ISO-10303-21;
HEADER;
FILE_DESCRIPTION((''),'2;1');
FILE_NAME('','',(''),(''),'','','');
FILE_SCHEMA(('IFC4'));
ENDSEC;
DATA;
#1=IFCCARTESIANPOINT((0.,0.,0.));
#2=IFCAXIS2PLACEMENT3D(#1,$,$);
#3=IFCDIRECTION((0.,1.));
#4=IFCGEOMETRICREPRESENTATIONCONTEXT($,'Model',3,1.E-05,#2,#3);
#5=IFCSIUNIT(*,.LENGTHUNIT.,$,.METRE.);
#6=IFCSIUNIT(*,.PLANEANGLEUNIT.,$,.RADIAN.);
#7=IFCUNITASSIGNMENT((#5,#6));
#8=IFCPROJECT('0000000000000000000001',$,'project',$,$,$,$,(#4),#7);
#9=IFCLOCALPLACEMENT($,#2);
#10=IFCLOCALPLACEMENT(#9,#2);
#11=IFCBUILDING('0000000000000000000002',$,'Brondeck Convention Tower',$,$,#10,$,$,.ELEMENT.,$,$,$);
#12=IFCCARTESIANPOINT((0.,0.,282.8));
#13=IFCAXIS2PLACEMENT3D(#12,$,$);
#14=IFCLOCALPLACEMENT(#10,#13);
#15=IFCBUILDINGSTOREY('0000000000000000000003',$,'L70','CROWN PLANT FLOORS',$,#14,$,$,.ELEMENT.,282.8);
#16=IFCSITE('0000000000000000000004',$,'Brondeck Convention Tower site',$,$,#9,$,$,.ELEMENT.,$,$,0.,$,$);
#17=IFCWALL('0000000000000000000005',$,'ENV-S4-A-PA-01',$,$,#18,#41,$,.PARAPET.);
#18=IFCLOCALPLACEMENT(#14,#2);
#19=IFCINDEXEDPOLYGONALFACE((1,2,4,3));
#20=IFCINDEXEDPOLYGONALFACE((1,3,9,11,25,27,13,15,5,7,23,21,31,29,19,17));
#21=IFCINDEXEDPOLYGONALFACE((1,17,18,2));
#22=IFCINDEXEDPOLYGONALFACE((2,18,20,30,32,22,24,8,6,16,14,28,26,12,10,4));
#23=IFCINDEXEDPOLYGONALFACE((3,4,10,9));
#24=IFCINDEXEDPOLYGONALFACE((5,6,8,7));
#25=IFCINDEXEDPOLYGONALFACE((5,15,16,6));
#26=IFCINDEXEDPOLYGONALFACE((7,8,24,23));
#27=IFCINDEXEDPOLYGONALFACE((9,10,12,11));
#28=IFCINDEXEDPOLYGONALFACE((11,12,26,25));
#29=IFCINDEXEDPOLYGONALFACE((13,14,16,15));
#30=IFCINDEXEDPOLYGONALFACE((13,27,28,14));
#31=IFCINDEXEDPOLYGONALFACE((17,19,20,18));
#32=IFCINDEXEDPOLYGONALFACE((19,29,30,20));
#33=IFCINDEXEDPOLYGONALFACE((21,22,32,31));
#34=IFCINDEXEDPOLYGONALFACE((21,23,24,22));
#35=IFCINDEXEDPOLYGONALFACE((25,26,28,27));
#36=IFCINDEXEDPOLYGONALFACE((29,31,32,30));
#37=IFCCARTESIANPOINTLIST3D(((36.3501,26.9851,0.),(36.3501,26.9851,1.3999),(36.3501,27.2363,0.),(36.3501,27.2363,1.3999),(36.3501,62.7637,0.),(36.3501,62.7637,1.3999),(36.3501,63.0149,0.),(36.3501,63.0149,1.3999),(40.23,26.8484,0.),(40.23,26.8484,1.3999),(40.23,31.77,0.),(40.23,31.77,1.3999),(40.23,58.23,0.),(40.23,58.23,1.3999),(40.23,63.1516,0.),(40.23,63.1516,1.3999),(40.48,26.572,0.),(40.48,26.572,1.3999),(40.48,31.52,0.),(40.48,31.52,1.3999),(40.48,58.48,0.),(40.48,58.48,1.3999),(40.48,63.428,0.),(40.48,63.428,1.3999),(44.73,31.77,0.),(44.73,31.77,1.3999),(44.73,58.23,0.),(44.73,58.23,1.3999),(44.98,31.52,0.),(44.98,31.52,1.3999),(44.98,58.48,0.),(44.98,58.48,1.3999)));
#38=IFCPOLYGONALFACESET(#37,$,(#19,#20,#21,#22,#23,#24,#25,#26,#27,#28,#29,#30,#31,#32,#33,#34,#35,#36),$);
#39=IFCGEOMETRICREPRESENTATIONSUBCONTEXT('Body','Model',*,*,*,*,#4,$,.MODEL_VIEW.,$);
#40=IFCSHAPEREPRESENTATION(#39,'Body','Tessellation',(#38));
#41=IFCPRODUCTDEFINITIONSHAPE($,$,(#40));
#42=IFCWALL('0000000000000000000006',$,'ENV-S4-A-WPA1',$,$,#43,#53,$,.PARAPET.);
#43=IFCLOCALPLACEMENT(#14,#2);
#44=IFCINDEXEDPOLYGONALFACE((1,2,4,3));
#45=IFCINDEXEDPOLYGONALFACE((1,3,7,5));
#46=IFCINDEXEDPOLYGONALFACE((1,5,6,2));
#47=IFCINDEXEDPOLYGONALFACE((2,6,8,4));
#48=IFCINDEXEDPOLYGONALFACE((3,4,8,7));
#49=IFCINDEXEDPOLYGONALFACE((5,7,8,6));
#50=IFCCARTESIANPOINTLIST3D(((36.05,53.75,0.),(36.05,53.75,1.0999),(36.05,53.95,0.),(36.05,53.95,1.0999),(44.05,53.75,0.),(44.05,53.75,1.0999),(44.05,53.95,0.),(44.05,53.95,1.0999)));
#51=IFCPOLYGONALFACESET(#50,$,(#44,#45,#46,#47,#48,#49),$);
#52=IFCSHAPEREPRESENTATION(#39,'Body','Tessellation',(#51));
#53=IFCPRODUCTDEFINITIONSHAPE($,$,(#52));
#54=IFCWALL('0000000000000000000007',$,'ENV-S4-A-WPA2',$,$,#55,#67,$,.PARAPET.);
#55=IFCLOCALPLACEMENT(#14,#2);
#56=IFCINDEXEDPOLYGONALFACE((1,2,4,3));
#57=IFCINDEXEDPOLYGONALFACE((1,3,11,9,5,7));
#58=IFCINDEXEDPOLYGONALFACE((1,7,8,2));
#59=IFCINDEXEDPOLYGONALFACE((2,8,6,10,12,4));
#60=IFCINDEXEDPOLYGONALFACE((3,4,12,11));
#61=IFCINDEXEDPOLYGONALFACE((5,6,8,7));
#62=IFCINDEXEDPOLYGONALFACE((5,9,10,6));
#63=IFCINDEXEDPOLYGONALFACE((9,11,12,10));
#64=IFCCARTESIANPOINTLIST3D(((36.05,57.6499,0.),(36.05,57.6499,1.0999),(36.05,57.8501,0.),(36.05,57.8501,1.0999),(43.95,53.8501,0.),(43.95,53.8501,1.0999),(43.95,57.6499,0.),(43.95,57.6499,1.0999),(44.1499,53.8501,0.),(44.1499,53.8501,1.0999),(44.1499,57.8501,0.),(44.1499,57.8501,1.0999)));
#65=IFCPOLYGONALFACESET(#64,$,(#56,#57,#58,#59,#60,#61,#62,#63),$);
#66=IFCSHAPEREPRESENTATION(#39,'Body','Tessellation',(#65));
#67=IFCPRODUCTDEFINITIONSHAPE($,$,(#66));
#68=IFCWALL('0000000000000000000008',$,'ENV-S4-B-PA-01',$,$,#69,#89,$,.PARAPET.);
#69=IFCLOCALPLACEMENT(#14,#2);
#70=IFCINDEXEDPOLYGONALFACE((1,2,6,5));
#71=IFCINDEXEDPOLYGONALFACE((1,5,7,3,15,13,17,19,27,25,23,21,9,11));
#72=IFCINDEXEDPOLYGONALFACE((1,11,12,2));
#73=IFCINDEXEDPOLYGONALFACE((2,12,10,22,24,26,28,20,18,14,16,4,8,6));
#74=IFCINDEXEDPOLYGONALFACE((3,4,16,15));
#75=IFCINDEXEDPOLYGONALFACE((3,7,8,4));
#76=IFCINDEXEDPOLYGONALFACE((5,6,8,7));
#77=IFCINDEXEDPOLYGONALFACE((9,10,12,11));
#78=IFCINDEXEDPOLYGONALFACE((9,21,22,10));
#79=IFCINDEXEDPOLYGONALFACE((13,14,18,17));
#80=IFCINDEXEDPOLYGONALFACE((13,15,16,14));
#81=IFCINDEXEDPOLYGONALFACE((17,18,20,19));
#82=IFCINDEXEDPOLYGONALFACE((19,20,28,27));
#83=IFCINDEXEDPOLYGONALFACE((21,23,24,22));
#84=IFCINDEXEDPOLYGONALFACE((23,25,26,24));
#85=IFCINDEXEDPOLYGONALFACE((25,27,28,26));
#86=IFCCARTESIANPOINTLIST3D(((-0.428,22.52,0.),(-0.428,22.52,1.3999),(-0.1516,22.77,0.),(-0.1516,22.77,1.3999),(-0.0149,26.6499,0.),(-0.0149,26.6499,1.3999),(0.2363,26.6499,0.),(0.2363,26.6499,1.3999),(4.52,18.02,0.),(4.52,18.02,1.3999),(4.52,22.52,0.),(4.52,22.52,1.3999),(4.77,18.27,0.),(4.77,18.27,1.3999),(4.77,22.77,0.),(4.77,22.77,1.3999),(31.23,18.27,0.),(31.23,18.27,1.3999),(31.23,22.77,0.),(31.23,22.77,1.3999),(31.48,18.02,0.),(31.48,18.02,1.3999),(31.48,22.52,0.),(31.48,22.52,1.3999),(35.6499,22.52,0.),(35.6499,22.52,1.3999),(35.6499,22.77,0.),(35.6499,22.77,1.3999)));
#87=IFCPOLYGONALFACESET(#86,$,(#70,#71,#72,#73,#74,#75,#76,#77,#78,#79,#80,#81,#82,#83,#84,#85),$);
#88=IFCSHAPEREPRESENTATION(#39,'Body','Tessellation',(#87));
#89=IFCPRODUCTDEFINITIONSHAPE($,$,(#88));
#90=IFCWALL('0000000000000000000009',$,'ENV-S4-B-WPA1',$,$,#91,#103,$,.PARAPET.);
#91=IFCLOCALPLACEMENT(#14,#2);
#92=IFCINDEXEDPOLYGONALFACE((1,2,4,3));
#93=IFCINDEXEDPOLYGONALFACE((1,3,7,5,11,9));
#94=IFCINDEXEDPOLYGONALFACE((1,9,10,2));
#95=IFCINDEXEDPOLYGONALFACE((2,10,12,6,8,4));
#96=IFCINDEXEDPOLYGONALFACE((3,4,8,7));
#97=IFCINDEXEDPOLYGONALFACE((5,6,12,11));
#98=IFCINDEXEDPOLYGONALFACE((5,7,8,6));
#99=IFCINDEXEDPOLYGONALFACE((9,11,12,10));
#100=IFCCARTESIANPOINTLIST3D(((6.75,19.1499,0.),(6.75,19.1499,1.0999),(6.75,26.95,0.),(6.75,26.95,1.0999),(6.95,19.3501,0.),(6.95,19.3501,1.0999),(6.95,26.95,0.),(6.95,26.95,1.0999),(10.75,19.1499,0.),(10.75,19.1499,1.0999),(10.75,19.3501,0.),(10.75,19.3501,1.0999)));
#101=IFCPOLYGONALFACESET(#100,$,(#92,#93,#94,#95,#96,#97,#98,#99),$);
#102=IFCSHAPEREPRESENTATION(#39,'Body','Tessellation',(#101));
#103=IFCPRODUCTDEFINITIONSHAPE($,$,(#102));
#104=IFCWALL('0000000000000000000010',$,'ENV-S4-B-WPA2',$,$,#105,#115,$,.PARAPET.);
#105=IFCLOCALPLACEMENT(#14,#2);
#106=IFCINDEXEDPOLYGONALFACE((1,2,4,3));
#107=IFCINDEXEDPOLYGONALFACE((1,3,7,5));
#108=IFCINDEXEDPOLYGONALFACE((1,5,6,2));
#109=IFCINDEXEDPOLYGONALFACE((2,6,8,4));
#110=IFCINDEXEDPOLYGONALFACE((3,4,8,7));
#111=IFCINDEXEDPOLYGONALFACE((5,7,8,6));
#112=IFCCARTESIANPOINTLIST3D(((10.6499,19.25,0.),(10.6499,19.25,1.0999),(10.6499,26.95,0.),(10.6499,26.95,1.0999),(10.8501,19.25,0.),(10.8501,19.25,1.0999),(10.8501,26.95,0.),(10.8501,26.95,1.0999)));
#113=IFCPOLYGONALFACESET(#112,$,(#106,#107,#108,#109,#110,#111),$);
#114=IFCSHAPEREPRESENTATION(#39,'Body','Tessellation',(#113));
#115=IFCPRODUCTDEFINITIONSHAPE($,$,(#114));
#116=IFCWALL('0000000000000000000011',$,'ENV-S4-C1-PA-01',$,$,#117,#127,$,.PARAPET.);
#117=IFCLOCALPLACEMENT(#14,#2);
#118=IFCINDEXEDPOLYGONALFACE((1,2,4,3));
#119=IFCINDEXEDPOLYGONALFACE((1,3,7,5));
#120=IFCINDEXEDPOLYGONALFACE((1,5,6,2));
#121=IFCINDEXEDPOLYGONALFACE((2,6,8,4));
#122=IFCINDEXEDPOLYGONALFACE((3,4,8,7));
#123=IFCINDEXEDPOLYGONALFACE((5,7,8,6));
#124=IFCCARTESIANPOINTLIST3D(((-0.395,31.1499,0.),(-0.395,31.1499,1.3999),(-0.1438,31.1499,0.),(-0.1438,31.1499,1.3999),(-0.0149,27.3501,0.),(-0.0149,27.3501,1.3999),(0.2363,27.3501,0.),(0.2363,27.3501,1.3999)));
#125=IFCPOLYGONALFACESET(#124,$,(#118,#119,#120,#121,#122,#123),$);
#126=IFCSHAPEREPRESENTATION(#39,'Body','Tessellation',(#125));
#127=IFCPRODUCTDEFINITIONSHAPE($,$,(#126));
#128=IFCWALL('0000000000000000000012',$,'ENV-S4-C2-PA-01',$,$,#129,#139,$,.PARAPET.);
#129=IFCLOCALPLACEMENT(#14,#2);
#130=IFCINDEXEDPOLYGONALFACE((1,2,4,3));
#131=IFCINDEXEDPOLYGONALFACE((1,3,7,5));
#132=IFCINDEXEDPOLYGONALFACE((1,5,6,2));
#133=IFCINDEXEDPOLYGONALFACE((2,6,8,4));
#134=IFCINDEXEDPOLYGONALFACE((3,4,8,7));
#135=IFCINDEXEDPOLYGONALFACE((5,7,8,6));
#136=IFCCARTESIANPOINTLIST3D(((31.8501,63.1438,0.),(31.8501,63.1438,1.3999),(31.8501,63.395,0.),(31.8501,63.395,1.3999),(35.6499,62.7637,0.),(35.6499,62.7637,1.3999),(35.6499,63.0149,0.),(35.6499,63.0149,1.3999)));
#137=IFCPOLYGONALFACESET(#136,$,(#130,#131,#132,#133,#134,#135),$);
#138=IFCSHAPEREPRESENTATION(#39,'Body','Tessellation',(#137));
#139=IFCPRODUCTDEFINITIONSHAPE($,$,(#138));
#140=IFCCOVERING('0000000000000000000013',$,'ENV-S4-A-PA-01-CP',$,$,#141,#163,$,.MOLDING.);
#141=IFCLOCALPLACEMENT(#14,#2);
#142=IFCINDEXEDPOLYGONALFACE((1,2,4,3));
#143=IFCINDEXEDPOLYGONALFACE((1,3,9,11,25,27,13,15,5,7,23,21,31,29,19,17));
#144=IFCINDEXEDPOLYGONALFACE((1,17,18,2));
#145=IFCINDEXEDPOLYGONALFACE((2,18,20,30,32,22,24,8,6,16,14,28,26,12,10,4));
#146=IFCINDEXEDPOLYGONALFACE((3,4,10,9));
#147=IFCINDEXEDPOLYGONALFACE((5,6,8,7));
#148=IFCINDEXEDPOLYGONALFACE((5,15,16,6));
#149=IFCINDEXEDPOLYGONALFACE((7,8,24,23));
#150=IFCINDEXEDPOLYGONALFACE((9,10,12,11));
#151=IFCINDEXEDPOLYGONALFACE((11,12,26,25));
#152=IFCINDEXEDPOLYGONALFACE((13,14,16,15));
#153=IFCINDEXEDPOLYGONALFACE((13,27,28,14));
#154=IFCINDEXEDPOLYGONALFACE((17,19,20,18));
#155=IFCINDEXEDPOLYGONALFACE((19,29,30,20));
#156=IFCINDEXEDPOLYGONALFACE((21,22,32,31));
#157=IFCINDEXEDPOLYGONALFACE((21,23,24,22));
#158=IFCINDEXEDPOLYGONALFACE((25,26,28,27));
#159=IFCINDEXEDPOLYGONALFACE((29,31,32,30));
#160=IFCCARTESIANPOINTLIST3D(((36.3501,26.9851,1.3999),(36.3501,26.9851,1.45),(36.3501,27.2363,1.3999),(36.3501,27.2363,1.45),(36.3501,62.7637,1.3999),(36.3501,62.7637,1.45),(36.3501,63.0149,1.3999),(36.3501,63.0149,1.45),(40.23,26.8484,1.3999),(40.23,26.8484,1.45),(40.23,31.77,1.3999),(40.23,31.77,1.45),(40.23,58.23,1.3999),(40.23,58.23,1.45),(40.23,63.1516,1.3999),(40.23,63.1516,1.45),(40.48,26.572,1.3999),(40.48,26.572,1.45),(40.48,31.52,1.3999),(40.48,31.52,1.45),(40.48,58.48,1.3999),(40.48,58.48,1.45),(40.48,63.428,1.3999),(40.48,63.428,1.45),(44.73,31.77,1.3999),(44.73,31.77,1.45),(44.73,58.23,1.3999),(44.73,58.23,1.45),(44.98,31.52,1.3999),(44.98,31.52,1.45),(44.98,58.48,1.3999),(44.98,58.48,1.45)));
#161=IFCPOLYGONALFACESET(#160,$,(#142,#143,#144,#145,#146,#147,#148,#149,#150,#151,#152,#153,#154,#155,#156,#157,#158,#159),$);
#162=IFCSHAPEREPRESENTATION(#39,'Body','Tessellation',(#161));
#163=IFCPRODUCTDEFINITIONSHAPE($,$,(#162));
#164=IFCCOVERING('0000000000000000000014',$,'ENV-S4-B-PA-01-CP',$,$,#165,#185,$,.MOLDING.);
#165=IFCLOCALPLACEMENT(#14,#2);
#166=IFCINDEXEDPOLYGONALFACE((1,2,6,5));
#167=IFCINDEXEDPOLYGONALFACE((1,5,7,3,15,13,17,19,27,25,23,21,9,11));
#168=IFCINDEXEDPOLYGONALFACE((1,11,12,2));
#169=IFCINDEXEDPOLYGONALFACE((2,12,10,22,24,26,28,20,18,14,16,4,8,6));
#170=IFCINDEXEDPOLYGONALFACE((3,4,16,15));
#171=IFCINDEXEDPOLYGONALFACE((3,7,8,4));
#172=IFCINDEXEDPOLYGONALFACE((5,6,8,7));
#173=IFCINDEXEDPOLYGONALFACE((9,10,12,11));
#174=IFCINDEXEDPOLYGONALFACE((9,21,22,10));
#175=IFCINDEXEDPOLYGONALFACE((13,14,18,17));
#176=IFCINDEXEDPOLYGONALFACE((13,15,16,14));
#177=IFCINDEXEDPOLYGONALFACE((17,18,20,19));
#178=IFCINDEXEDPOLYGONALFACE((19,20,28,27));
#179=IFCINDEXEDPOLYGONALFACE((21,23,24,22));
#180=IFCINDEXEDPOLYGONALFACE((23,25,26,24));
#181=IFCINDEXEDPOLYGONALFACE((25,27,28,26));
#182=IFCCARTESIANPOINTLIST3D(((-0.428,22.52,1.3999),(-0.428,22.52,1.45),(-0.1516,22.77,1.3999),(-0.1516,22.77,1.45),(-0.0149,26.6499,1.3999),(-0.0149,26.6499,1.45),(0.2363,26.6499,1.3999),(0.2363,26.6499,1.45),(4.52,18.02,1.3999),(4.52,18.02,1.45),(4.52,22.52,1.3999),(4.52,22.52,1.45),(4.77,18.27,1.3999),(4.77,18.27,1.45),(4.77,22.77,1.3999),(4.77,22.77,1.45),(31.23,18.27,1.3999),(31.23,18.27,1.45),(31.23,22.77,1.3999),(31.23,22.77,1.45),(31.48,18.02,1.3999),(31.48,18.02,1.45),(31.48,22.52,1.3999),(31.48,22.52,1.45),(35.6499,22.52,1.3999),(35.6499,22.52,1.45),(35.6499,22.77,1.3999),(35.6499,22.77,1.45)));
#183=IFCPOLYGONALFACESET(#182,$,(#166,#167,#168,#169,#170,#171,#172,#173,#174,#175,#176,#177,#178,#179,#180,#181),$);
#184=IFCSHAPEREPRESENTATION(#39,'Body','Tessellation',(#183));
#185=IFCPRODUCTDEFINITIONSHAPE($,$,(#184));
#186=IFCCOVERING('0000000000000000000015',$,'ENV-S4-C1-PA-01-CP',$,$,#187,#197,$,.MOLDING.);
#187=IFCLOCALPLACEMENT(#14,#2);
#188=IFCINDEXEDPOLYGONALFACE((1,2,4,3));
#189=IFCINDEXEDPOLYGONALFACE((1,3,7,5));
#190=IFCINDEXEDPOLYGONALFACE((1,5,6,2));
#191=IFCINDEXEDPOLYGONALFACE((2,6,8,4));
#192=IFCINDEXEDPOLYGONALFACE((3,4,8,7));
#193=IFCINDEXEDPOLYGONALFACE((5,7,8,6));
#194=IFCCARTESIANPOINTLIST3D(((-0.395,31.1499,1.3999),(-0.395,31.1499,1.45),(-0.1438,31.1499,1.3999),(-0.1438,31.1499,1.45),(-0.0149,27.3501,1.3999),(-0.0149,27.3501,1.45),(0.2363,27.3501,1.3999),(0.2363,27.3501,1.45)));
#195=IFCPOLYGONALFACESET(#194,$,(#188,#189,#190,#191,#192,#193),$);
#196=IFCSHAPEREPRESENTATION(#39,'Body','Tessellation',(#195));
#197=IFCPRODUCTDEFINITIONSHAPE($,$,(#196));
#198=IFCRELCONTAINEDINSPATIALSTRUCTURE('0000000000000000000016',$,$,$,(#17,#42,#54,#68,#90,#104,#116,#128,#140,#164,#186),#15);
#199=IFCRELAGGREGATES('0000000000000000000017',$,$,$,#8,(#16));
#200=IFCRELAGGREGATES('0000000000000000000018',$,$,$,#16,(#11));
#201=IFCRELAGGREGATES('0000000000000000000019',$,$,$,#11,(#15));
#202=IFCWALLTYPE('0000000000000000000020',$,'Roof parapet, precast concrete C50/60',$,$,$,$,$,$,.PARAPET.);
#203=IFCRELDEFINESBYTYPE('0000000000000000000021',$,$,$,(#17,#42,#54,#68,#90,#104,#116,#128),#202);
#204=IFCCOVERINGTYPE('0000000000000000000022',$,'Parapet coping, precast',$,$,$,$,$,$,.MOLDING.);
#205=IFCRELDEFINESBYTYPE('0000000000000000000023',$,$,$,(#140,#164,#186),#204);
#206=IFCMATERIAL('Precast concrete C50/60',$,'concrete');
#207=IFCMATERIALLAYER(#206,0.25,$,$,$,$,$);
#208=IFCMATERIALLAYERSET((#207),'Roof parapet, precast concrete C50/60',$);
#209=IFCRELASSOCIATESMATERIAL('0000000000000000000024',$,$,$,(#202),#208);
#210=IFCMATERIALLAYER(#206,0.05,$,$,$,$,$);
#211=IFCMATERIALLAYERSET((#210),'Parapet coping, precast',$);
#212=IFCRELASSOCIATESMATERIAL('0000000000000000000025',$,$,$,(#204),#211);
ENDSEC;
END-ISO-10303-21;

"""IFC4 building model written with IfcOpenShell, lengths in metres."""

from ifc_helpers import new_model, si_unit, direction, frame, origin, place, context, subcontext, project, spatial, polyline, outline, extrude, material, layer, layer_set, type_object, element, save


model = new_model("IFC4")

# Units and contexts
model_context = context("Model", 3, precision=1e-05, world=origin(), true_north=direction((0.0, 1.0)))
body_context = subcontext(model_context, "Body", "Model", "MODEL_VIEW")
ifc_project = project(units=[si_unit("LENGTHUNIT", "METRE"), si_unit("PLANEANGLEUNIT", "RADIAN")], contexts=[model_context])

# Site, building, storey
site_placement = place(None, origin())
site = spatial("IfcSite", under=ifc_project, at=site_placement, Name="Brondeck Convention Tower site", CompositionType="ELEMENT", RefElevation=0.0)
building_placement = place(site_placement, origin())
building = spatial("IfcBuilding", under=site, at=building_placement, Name="Brondeck Convention Tower", CompositionType="ELEMENT")
storey_placement = place(building_placement, frame((0.0, 0.0, 282.8)))
storey = spatial("IfcBuildingStorey", under=building, at=storey_placement, Name="L70", Description="CROWN PLANT FLOORS", CompositionType="ELEMENT", Elevation=282.8)

# Walls
ifc_material_1 = material(Name="Precast concrete C50/60", Category="concrete")
ifc_layer_1 = layer(ifc_material_1, 0.25)
ifc_layer_set_1 = layer_set([ifc_layer_1], Name="Roof parapet, precast concrete C50/60")
wall_type = type_object("IfcWallType", Name="Roof parapet, precast concrete C50/60", PredefinedType="PARAPET", material=ifc_layer_set_1)
wall_1_placement = place(storey_placement, origin())
element("IfcWall", 1, at=wall_1_placement, inside=storey, type_object=wall_type, Name="ENV-S4-A-PA-01", PredefinedType="PARAPET", context=body_context, shape_type="SweptSolid", body=[
    extrude(outline(polyline([(40.48, 63.428), (36.3501, 63.0149), (36.3501, 62.7637), (40.23, 63.1516), (40.23, 58.23), (44.73, 58.23), (44.73, 31.77), (40.23, 31.77), (40.23, 26.8484), (36.3501, 27.2363), (36.3501, 26.9851), (40.48, 26.572), (40.48, 31.52), (44.98, 31.52), (44.98, 58.48), (40.48, 58.48), (40.48, 63.428)])), origin(), (0.0, 0.0, 1.0), 1.3999),
])
wall_2_placement = place(storey_placement, origin())
element("IfcWall", 2, at=wall_2_placement, inside=storey, type_object=wall_type, Name="ENV-S4-A-WPA1", PredefinedType="PARAPET", context=body_context, shape_type="SweptSolid", body=[
    extrude(outline(polyline([(36.05, 53.75), (44.05, 53.75), (44.05, 53.95), (36.05, 53.95), (36.05, 53.75)])), origin(), (0.0, 0.0, 1.0), 1.0999),
])
wall_3_placement = place(storey_placement, origin())
element("IfcWall", 3, at=wall_3_placement, inside=storey, type_object=wall_type, Name="ENV-S4-A-WPA2", PredefinedType="PARAPET", context=body_context, shape_type="SweptSolid", body=[
    extrude(outline(polyline([(44.1499, 57.8501), (36.05, 57.8501), (36.05, 57.6499), (43.95, 57.6499), (43.95, 53.8501), (44.1499, 53.8501), (44.1499, 57.8501)])), origin(), (0.0, 0.0, 1.0), 1.0999),
])
wall_4_placement = place(storey_placement, origin())
element("IfcWall", 4, at=wall_4_placement, inside=storey, type_object=wall_type, Name="ENV-S4-B-PA-01", PredefinedType="PARAPET", context=body_context, shape_type="SweptSolid", body=[
    extrude(outline(polyline([(4.52, 18.02), (31.48, 18.02), (31.48, 22.52), (35.6499, 22.52), (35.6499, 22.77), (31.23, 22.77), (31.23, 18.27), (4.77, 18.27), (4.77, 22.77), (-0.1516, 22.77), (0.2363, 26.6499), (-0.0149, 26.6499), (-0.428, 22.52), (4.52, 22.52), (4.52, 18.02)])), origin(), (0.0, 0.0, 1.0), 1.3999),
])
wall_5_placement = place(storey_placement, origin())
element("IfcWall", 5, at=wall_5_placement, inside=storey, type_object=wall_type, Name="ENV-S4-B-WPA1", PredefinedType="PARAPET", context=body_context, shape_type="SweptSolid", body=[
    extrude(outline(polyline([(6.75, 19.1499), (10.75, 19.1499), (10.75, 19.3501), (6.95, 19.3501), (6.95, 26.95), (6.75, 26.95), (6.75, 19.1499)])), origin(), (0.0, 0.0, 1.0), 1.0999),
])
wall_6_placement = place(storey_placement, origin())
element("IfcWall", 6, at=wall_6_placement, inside=storey, type_object=wall_type, Name="ENV-S4-B-WPA2", PredefinedType="PARAPET", context=body_context, shape_type="SweptSolid", body=[
    extrude(outline(polyline([(10.8501, 19.25), (10.8501, 26.95), (10.6499, 26.95), (10.6499, 19.25), (10.8501, 19.25)])), origin(), (0.0, 0.0, 1.0), 1.0999),
])
wall_7_placement = place(storey_placement, origin())
element("IfcWall", 7, at=wall_7_placement, inside=storey, type_object=wall_type, Name="ENV-S4-C1-PA-01", PredefinedType="PARAPET", context=body_context, shape_type="SweptSolid", body=[
    extrude(outline(polyline([(-0.395, 31.1499), (-0.0149, 27.3501), (0.2363, 27.3501), (-0.1438, 31.1499), (-0.395, 31.1499)])), origin(), (0.0, 0.0, 1.0), 1.3999),
])
wall_8_placement = place(storey_placement, origin())
element("IfcWall", 8, at=wall_8_placement, inside=storey, type_object=wall_type, Name="ENV-S4-C2-PA-01", PredefinedType="PARAPET", context=body_context, shape_type="SweptSolid", body=[
    extrude(outline(polyline([(35.6499, 63.0149), (31.8501, 63.395), (31.8501, 63.1438), (35.6499, 62.7637), (35.6499, 63.0149)])), origin(), (0.0, 0.0, 1.0), 1.3999),
])

# Coverings
ifc_layer_2 = layer(ifc_material_1, 0.05)
ifc_layer_set_2 = layer_set([ifc_layer_2], Name="Parapet coping, precast")
covering_type_1 = type_object("IfcCoveringType", Name="Parapet coping, precast", PredefinedType="MOLDING", material=ifc_layer_set_2)
covering_1_placement = place(storey_placement, frame((0.0, 0.0, 1.3999)))
element("IfcCovering", 9, at=covering_1_placement, inside=storey, type_object=covering_type_1, Name="ENV-S4-A-PA-01-CP", PredefinedType="MOLDING", context=body_context, shape_type="SweptSolid", body=[
    extrude(outline(polyline([(40.48, 63.428), (36.3501, 63.0149), (36.3501, 62.7637), (40.23, 63.1516), (40.23, 58.23), (44.73, 58.23), (44.73, 31.77), (40.23, 31.77), (40.23, 26.8484), (36.3501, 27.2363), (36.3501, 26.9851), (40.48, 26.572), (40.48, 31.52), (44.98, 31.52), (44.98, 58.48), (40.48, 58.48), (40.48, 63.428)])), origin(), (0.0, 0.0, 1.0), 0.05),
])
covering_2_placement = place(storey_placement, frame((0.0, 0.0, 1.3999)))
element("IfcCovering", 10, at=covering_2_placement, inside=storey, type_object=covering_type_1, Name="ENV-S4-B-PA-01-CP", PredefinedType="MOLDING", context=body_context, shape_type="SweptSolid", body=[
    extrude(outline(polyline([(4.52, 18.02), (31.48, 18.02), (31.48, 22.52), (35.6499, 22.52), (35.6499, 22.77), (31.23, 22.77), (31.23, 18.27), (4.77, 18.27), (4.77, 22.77), (-0.1516, 22.77), (0.2363, 26.6499), (-0.0149, 26.6499), (-0.428, 22.52), (4.52, 22.52), (4.52, 18.02)])), origin(), (0.0, 0.0, 1.0), 0.05),
])
covering_3_placement = place(storey_placement, frame((0.0, 0.0, 1.3999)))
element("IfcCovering", 11, at=covering_3_placement, inside=storey, type_object=covering_type_1, Name="ENV-S4-C1-PA-01-CP", PredefinedType="MOLDING", context=body_context, shape_type="SweptSolid", body=[
    extrude(outline(polyline([(-0.395, 31.1499), (-0.0149, 27.3501), (0.2363, 27.3501), (-0.1438, 31.1499), (-0.395, 31.1499)])), origin(), (0.0, 0.0, 1.0), 0.05),
])

save(model, "model.ifc")
